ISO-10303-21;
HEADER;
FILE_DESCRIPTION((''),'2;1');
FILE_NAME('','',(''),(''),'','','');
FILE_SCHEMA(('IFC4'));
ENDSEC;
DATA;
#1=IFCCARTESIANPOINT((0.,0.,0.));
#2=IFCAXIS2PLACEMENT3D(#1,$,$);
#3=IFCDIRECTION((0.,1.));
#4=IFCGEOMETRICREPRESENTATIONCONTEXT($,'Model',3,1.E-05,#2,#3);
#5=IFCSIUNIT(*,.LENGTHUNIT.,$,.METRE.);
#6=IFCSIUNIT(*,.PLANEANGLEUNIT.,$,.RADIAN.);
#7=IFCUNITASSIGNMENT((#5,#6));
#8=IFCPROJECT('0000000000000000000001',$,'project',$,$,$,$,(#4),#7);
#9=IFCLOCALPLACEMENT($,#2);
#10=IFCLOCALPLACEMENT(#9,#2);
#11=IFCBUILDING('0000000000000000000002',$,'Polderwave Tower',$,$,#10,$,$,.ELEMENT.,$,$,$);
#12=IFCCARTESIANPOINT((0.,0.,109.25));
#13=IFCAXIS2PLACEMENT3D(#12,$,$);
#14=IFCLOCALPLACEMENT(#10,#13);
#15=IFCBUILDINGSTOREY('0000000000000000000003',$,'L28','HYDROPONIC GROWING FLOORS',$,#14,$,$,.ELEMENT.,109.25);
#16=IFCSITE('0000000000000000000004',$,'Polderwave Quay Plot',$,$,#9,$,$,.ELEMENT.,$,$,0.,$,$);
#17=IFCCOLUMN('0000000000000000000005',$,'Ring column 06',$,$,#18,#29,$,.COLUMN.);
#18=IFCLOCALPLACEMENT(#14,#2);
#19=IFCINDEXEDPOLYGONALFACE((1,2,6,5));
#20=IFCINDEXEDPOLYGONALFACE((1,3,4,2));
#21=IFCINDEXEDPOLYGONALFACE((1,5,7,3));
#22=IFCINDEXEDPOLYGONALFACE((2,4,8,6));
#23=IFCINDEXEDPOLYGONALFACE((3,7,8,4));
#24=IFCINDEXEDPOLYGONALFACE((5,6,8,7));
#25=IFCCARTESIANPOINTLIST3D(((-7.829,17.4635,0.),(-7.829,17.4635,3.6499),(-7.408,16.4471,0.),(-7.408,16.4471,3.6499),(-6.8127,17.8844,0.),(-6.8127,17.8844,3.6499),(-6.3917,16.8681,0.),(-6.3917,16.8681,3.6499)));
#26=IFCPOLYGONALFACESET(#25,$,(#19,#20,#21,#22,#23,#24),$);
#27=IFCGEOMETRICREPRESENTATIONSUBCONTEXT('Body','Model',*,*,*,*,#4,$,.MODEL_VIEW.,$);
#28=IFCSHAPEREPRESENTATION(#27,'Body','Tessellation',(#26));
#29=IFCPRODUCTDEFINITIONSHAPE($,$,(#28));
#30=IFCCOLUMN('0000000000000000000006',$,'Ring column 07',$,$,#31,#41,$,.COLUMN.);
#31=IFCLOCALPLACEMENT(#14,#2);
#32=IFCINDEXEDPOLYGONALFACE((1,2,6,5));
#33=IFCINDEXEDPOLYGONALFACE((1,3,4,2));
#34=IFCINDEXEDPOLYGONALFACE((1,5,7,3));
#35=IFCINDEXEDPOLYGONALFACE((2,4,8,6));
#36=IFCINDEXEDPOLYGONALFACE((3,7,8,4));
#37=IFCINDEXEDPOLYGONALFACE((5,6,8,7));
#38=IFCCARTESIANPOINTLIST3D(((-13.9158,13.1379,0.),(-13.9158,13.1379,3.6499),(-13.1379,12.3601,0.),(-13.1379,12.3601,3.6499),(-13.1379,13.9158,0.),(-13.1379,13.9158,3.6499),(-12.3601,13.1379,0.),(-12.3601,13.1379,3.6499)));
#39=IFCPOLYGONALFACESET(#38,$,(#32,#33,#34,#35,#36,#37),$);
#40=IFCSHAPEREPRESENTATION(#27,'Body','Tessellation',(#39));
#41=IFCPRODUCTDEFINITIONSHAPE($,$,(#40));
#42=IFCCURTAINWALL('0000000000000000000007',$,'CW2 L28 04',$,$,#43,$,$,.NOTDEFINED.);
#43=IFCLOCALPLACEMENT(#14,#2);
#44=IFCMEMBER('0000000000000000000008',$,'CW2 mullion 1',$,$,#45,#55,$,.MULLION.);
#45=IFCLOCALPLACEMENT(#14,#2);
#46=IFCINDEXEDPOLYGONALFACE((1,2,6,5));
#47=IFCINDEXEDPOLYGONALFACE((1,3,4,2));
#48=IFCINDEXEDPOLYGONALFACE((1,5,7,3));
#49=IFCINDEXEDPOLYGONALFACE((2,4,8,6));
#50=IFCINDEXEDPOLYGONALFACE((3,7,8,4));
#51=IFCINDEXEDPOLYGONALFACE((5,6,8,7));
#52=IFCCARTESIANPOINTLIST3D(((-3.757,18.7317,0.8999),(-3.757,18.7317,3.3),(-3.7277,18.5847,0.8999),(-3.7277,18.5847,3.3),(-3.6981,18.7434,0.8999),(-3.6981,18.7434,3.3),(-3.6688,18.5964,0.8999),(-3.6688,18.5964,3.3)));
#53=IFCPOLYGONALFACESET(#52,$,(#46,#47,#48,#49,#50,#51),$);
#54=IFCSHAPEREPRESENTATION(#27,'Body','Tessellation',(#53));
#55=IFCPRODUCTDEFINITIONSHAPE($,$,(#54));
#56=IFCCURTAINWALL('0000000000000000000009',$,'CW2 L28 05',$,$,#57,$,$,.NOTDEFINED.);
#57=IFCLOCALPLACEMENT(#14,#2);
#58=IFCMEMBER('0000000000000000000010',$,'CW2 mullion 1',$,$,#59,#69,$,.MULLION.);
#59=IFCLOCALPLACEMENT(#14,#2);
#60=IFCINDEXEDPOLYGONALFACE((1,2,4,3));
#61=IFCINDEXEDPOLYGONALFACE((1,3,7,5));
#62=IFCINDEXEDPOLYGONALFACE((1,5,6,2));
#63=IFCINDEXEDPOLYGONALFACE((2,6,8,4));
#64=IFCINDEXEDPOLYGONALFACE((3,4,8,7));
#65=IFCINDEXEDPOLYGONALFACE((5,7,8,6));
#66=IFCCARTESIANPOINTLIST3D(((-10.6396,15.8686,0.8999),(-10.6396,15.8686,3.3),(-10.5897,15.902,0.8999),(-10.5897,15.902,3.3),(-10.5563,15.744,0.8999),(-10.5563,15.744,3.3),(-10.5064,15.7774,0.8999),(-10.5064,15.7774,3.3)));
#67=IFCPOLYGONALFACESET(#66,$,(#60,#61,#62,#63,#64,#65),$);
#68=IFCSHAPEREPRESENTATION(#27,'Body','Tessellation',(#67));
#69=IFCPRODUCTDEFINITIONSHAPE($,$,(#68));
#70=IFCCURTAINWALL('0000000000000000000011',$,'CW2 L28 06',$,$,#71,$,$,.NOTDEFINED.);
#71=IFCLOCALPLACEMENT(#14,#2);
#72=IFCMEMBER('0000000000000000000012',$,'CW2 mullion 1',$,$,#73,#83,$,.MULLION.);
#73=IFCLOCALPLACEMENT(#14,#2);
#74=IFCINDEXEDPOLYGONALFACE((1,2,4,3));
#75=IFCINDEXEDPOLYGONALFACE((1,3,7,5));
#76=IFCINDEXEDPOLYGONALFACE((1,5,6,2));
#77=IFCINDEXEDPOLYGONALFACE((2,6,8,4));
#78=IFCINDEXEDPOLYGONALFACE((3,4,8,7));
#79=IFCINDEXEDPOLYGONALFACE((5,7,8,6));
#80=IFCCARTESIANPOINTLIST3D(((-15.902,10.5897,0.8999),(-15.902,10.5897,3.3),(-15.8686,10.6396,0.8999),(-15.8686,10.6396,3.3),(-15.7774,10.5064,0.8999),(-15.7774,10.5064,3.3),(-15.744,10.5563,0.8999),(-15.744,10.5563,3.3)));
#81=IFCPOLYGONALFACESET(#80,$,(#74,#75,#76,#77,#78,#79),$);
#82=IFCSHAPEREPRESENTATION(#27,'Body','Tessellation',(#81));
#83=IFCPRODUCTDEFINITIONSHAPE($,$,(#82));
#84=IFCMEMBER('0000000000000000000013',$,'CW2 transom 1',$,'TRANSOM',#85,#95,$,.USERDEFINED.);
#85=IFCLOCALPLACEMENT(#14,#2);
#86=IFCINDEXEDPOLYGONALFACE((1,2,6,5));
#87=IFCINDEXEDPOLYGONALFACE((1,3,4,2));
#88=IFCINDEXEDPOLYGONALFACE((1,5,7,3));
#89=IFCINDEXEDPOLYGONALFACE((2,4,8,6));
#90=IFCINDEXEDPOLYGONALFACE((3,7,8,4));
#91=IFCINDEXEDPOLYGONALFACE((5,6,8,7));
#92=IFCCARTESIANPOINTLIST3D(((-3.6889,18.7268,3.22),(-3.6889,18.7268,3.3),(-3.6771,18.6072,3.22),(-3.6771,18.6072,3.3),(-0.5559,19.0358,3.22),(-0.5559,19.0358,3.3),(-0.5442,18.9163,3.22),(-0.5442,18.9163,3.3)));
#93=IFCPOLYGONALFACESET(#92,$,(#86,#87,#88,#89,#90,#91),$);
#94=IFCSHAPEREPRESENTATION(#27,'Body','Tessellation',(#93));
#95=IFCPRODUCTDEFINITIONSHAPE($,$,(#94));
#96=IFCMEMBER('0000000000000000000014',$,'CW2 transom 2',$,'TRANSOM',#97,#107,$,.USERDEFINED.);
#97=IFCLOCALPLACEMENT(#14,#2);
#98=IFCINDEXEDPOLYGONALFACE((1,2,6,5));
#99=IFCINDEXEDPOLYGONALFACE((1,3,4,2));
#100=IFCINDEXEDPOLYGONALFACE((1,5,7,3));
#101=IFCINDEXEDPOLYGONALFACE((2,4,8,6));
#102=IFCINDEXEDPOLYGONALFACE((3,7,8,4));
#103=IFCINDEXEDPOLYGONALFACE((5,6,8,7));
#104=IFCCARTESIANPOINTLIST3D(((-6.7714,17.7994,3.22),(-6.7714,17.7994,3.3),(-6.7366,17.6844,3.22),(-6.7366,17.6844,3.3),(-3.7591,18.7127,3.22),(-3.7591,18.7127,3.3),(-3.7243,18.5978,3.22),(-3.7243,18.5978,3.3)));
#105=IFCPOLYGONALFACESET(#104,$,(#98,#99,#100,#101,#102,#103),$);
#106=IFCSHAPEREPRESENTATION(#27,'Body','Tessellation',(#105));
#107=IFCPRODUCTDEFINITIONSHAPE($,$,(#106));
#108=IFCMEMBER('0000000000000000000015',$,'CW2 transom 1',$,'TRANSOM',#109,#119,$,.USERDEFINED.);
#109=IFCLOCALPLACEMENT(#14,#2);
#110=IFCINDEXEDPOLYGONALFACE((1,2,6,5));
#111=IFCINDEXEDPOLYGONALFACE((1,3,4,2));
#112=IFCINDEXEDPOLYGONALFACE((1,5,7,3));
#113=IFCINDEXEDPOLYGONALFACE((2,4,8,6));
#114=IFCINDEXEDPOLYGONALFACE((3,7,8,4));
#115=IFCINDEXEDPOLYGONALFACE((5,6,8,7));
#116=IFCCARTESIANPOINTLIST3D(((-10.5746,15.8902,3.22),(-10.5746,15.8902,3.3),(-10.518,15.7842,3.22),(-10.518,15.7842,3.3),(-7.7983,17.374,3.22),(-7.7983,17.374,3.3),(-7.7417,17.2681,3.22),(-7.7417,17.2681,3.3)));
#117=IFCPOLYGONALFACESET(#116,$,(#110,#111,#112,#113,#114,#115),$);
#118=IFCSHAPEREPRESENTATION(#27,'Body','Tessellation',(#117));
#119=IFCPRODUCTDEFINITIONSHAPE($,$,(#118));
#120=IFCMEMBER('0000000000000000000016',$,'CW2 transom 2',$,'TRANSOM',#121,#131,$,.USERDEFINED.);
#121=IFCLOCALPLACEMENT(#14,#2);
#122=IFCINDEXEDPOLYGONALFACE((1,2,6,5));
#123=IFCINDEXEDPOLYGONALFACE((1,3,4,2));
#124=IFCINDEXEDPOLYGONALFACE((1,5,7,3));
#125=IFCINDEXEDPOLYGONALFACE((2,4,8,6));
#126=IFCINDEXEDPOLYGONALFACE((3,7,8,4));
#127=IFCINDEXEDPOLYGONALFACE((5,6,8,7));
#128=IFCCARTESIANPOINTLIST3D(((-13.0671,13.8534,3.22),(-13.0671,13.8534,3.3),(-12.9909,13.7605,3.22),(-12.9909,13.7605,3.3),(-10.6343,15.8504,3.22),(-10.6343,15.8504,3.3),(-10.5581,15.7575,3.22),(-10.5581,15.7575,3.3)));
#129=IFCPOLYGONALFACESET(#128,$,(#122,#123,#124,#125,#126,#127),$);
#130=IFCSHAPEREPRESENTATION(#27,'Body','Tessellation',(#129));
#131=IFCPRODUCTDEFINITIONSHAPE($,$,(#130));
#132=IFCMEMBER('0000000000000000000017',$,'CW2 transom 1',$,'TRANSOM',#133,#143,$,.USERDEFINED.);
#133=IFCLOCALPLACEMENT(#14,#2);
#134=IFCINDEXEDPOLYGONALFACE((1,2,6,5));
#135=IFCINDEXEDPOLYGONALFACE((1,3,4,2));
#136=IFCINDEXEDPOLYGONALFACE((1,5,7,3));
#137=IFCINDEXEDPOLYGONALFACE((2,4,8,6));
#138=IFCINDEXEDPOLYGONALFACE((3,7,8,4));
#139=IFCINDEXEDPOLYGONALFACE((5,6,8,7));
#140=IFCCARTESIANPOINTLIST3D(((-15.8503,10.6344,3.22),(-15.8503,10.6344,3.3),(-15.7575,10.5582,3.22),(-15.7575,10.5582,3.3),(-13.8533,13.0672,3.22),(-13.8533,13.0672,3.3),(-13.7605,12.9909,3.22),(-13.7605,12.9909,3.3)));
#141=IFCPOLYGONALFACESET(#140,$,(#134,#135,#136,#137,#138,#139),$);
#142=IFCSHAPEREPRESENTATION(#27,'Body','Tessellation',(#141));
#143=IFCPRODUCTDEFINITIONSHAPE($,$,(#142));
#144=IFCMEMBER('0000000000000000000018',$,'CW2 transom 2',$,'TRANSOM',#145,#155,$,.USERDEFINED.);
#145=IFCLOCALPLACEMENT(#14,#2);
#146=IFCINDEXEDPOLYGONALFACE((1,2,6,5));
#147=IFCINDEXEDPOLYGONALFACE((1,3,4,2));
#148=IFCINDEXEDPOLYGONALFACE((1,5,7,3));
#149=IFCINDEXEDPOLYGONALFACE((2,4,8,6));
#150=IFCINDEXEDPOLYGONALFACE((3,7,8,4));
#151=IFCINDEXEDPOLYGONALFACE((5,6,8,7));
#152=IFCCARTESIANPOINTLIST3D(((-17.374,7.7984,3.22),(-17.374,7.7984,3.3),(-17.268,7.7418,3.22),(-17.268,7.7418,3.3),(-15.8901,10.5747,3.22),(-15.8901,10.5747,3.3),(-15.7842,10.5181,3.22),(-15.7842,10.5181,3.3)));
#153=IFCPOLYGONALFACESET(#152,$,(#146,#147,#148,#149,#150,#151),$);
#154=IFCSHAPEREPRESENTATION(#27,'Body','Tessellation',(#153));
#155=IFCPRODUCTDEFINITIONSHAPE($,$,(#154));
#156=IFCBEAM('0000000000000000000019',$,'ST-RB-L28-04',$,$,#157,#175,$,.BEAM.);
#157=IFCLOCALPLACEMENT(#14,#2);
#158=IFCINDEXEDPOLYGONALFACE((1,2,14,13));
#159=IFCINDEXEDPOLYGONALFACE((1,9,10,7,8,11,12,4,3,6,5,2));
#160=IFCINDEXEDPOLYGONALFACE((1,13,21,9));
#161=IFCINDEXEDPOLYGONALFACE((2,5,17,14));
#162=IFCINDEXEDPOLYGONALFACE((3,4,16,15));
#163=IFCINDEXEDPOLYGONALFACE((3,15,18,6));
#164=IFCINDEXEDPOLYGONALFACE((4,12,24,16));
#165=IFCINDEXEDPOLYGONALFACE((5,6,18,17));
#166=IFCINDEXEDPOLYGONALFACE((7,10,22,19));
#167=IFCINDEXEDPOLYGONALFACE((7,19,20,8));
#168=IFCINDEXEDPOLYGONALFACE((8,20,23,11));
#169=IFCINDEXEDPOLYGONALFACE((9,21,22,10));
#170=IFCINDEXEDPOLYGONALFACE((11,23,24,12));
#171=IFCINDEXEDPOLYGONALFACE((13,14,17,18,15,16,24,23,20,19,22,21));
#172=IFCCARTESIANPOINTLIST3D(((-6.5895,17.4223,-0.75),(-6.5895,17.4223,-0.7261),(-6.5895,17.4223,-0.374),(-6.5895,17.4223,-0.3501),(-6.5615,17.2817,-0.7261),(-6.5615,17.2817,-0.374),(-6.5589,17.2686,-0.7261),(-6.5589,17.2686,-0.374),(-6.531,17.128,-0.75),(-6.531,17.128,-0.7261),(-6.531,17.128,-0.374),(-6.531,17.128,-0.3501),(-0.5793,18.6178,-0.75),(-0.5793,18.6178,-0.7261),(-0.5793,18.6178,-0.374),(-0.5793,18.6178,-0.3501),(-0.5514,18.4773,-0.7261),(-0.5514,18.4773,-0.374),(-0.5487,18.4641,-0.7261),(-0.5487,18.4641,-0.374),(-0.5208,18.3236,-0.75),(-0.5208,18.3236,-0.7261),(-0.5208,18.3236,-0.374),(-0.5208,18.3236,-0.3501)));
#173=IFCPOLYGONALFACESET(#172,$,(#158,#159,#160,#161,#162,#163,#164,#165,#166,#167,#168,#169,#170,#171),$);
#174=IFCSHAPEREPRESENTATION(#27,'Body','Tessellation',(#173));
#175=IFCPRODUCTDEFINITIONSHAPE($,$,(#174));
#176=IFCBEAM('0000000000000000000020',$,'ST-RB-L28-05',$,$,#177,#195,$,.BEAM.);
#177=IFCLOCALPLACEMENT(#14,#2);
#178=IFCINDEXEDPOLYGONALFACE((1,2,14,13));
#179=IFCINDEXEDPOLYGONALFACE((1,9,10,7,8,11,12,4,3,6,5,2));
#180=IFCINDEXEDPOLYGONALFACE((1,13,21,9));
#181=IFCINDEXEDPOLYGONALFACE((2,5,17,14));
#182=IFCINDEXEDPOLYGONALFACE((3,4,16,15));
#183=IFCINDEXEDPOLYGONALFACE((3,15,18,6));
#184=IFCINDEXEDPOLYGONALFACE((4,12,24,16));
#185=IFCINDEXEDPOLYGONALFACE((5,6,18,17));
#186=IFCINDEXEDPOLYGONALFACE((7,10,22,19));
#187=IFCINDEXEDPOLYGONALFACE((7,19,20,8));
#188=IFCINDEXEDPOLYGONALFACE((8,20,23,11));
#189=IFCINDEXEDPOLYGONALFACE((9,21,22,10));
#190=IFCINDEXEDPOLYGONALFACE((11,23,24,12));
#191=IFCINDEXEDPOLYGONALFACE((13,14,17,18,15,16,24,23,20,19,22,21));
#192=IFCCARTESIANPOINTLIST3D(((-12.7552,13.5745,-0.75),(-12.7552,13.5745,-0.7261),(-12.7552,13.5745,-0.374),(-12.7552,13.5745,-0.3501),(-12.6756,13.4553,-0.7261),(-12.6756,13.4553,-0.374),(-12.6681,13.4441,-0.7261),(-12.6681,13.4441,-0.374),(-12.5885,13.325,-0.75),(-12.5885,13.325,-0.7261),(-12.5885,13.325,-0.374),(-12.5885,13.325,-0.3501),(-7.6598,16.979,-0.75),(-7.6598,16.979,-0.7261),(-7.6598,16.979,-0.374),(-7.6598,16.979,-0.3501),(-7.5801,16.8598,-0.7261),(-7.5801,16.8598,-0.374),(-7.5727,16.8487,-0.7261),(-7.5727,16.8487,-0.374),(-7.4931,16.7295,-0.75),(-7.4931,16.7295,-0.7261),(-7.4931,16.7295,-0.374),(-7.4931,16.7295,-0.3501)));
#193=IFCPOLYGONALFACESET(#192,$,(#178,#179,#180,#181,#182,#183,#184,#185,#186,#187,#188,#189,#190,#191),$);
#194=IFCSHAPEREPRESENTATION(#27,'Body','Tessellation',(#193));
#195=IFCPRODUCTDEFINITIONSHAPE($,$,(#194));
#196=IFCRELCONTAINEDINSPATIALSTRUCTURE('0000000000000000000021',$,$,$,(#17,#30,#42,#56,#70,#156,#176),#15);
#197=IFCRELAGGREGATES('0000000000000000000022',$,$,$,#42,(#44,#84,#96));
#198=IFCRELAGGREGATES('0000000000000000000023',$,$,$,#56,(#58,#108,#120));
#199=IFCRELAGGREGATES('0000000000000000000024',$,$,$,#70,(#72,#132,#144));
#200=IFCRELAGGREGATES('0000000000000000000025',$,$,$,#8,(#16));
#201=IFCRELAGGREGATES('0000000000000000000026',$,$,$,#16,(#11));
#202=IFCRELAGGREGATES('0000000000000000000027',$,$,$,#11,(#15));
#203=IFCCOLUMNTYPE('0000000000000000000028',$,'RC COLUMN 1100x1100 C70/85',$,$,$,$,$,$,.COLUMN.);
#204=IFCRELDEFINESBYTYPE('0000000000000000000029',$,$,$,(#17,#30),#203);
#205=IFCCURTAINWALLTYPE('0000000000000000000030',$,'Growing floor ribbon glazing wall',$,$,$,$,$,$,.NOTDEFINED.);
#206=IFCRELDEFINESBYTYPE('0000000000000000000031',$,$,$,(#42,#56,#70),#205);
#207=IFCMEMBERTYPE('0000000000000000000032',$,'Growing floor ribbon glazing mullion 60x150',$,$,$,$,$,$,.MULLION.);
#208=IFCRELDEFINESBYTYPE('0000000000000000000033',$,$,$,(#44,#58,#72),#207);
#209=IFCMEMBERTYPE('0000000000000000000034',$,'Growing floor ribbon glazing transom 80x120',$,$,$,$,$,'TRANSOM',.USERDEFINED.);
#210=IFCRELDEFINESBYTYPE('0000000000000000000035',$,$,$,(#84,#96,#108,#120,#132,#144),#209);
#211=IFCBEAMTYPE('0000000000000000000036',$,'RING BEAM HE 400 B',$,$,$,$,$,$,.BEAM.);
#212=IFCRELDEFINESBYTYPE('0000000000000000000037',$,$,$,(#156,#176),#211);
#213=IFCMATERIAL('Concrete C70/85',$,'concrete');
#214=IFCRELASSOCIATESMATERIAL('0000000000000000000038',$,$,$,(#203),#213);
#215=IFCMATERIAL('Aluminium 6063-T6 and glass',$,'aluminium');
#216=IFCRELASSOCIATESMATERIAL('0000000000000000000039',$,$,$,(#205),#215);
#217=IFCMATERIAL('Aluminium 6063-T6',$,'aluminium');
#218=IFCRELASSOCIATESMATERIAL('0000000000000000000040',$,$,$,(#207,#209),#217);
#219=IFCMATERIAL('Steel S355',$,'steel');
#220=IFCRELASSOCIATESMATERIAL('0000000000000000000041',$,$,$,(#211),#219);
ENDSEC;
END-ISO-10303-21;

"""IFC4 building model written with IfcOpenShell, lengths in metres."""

from ifc_helpers import new_model, si_unit, direction, frame, origin, origin_2d, place, context, subcontext, project, spatial, rectangle, i_section, extrude, material, material_profile, profile_set, type_object, element, aggregate, save


model = new_model("IFC4")

# Units and contexts
model_context = context("Model", 3, precision=1e-05, world=origin(), true_north=direction((0.0, 1.0)))
body_context = subcontext(model_context, "Body", "Model", "MODEL_VIEW")
ifc_project = project(units=[si_unit("LENGTHUNIT", "METRE"), si_unit("PLANEANGLEUNIT", "RADIAN")], contexts=[model_context])

# Site, building, storey
site_placement = place(None, origin())
site = spatial("IfcSite", under=ifc_project, at=site_placement, Name="Polderwave Quay Plot", CompositionType="ELEMENT", RefElevation=0.0)
building_placement = place(site_placement, origin())
building = spatial("IfcBuilding", under=site, at=building_placement, Name="Polderwave Tower", CompositionType="ELEMENT")
storey_placement = place(building_placement, frame((0.0, 0.0, 109.25)))
storey = spatial("IfcBuildingStorey", under=building, at=storey_placement, Name="L28", Description="HYDROPONIC GROWING FLOORS", CompositionType="ELEMENT", Elevation=109.25)

# Columns
ifc_material_1 = material(Name="Concrete C70/85", Category="concrete")
ifc_material_profile_1 = material_profile(ifc_material_1, rectangle(XDim=1.1001, YDim=1.1001, at=origin_2d()), Name="RC 1100x1100")
ifc_profile_set_1 = profile_set([ifc_material_profile_1], Name="Concrete C70/85")
column_type = type_object("IfcColumnType", Name="RC COLUMN 1100x1100 C70/85", PredefinedType="COLUMN", material=ifc_profile_set_1)
for number, where, z_axis, x_axis, name in (
    (1, (-7.1104, 17.1658, 0.0), (0.0, 0.0, 1.0), (-0.382683, 0.92388, 0.0), "Ring column 06"),
    (2, (-13.1379, 13.1379, 0.0), (0.0, 0.0, 1.0), (-0.707107, 0.707107, 0.0), "Ring column 07"),
):
    element("IfcColumn", number, at=place(storey_placement, frame(where, z_axis=z_axis, x_axis=x_axis)), inside=storey, type_object=column_type, Name=name, PredefinedType="COLUMN", context=body_context, shape_type="SweptSolid", body=[
        extrude(rectangle(XDim=1.1001, YDim=1.1001, at=origin_2d()), origin(), (0.0, 0.0, 1.0), 3.6499),
    ])

# Curtain walls, members
ifc_material_2 = material(Name="Aluminium 6063-T6 and glass", Category="aluminium")
curtain_wall_type = type_object("IfcCurtainWallType", Name="Growing floor ribbon glazing wall", PredefinedType="NOTDEFINED", material=ifc_material_2)
curtain_wall_1_placement = place(storey_placement, origin())
curtain_wall_1 = element("IfcCurtainWall", 3, at=curtain_wall_1_placement, inside=storey, type_object=curtain_wall_type, Name="CW2 L28 04", PredefinedType="NOTDEFINED")
ifc_material_3 = material(Name="Aluminium 6063-T6", Category="aluminium")
ifc_material_profile_2 = material_profile(ifc_material_3, rectangle(XDim=0.1499, YDim=0.0601, at=origin_2d()), Name="AL 60x150")
ifc_profile_set_2 = profile_set([ifc_material_profile_2], Name="Aluminium 6063-T6")
member_type_1 = type_object("IfcMemberType", Name="Growing floor ribbon glazing mullion 60x150", PredefinedType="MULLION", material=ifc_profile_set_2)
member_1_placement = place(storey_placement, frame((-3.7129, 18.6641, 0.8999), z_axis=(0.0, 0.0, 1.0), x_axis=(0.195092, -0.980785, 0.0)))
member_1 = element("IfcMember", 4, at=member_1_placement, type_object=member_type_1, Name="CW2 mullion 1", PredefinedType="MULLION", context=body_context, shape_type="SweptSolid", body=[
    extrude(rectangle(XDim=0.1499, YDim=0.0601, at=origin_2d()), origin(), (0.0, 0.0, 1.0), 2.4001),
])
curtain_wall_2_placement = place(storey_placement, origin())
curtain_wall_2 = element("IfcCurtainWall", 5, at=curtain_wall_2_placement, inside=storey, type_object=curtain_wall_type, Name="CW2 L28 05", PredefinedType="NOTDEFINED")
member_2_placement = place(storey_placement, frame((-10.573, 15.823, 0.8999), z_axis=(0.0, 0.0, 1.0), x_axis=(0.555585, -0.83146, 0.0)))
member_2 = element("IfcMember", 6, at=member_2_placement, type_object=member_type_1, Name="CW2 mullion 1", PredefinedType="MULLION", context=body_context, shape_type="SweptSolid", body=[
    extrude(rectangle(XDim=0.1499, YDim=0.0601, at=origin_2d()), origin(), (0.0, 0.0, 1.0), 2.4001),
])
curtain_wall_3_placement = place(storey_placement, origin())
curtain_wall_3 = element("IfcCurtainWall", 7, at=curtain_wall_3_placement, inside=storey, type_object=curtain_wall_type, Name="CW2 L28 06", PredefinedType="NOTDEFINED")
member_3_placement = place(storey_placement, frame((-15.823, 10.573, 0.8999), z_axis=(0.0, 0.0, 1.0), x_axis=(0.83146, -0.555585, 0.0)))
member_3 = element("IfcMember", 8, at=member_3_placement, type_object=member_type_1, Name="CW2 mullion 1", PredefinedType="MULLION", context=body_context, shape_type="SweptSolid", body=[
    extrude(rectangle(XDim=0.1499, YDim=0.0601, at=origin_2d()), origin(), (0.0, 0.0, 1.0), 2.4001),
])

# Members
ifc_material_profile_3 = material_profile(ifc_material_3, rectangle(XDim=0.1201, YDim=0.0801, at=origin_2d()), Name="AL 80x120")
ifc_profile_set_3 = profile_set([ifc_material_profile_3], Name="Aluminium 6063-T6")
member_type_2 = type_object("IfcMemberType", Name="Growing floor ribbon glazing transom 80x120", ElementType="TRANSOM", PredefinedType="USERDEFINED", material=ifc_profile_set_3)
member_4_placement = place(storey_placement, frame((-0.55, 18.9761, 3.26), z_axis=(-0.995169, -0.098175, 0.0), x_axis=(0.098175, -0.995169, 0.0)))
member_4 = element("IfcMember", 9, at=member_4_placement, type_object=member_type_2, Name="CW2 transom 1", ObjectType="TRANSOM", PredefinedType="USERDEFINED", context=body_context, shape_type="SweptSolid", body=[
    extrude(rectangle(XDim=0.1201, YDim=0.0801, at=origin_2d()), origin(), (0.0, 0.0, 1.0), 3.1482),
])
member_5_placement = place(storey_placement, frame((-3.7417, 18.6553, 3.26), z_axis=(-0.956977, -0.290165, 0.0), x_axis=(0.290165, -0.956977, 0.0)))
member_5 = element("IfcMember", 10, at=member_5_placement, type_object=member_type_2, Name="CW2 transom 2", ObjectType="TRANSOM", PredefinedType="USERDEFINED", context=body_context, shape_type="SweptSolid", body=[
    extrude(rectangle(XDim=0.1201, YDim=0.0801, at=origin_2d()), origin(), (0.0, 0.0, 1.0), 3.1477),
])
member_6_placement = place(storey_placement, frame((-7.77, 17.321, 3.26), z_axis=(-0.881936, -0.471369, 0.0), x_axis=(0.471369, -0.881936, 0.0)))
member_6 = element("IfcMember", 11, at=member_6_placement, type_object=member_type_2, Name="CW2 transom 1", ObjectType="TRANSOM", PredefinedType="USERDEFINED", context=body_context, shape_type="SweptSolid", body=[
    extrude(rectangle(XDim=0.1201, YDim=0.0801, at=origin_2d()), origin(), (0.0, 0.0, 1.0), 3.1479),
])
member_7_placement = place(storey_placement, frame((-10.5962, 15.804, 3.26), z_axis=(-0.772937, -0.634483, 0.0), x_axis=(0.634483, -0.772937, 0.0)))
member_7 = element("IfcMember", 12, at=member_7_placement, type_object=member_type_2, Name="CW2 transom 2", ObjectType="TRANSOM", PredefinedType="USERDEFINED", context=body_context, shape_type="SweptSolid", body=[
    extrude(rectangle(XDim=0.1201, YDim=0.0801, at=origin_2d()), origin(), (0.0, 0.0, 1.0), 3.1475),
])
member_8_placement = place(storey_placement, frame((-13.8069, 13.0291, 3.26), z_axis=(-0.634483, -0.772937, 0.0), x_axis=(0.772937, -0.634483, 0.0)))
member_8 = element("IfcMember", 13, at=member_8_placement, type_object=member_type_2, Name="CW2 transom 1", ObjectType="TRANSOM", PredefinedType="USERDEFINED", context=body_context, shape_type="SweptSolid", body=[
    extrude(rectangle(XDim=0.1201, YDim=0.0801, at=origin_2d()), origin(), (0.0, 0.0, 1.0), 3.1475),
])
member_9_placement = place(storey_placement, frame((-15.8372, 10.5464, 3.26), z_axis=(-0.471369, -0.881936, 0.0), x_axis=(0.881936, -0.471369, 0.0)))
member_9 = element("IfcMember", 14, at=member_9_placement, type_object=member_type_2, Name="CW2 transom 2", ObjectType="TRANSOM", PredefinedType="USERDEFINED", context=body_context, shape_type="SweptSolid", body=[
    extrude(rectangle(XDim=0.1201, YDim=0.0801, at=origin_2d()), origin(), (0.0, 0.0, 1.0), 3.1479),
])

# Beams
ifc_material_4 = material(Name="Steel S355", Category="steel")
ifc_material_profile_4 = material_profile(ifc_material_4, i_section(OverallWidth=0.3, OverallDepth=0.3999, WebThickness=0.0134, FlangeThickness=0.0239, at=origin_2d()), Name="HE 400 B")
ifc_profile_set_4 = profile_set([ifc_material_profile_4], Name="Steel S355")
beam_type = type_object("IfcBeamType", Name="RING BEAM HE 400 B", PredefinedType="BEAM", material=ifc_profile_set_4)
beam_placement = place(storey_placement, frame((-0.55, 18.4707, -0.55), z_axis=(-0.980784, -0.195097, 0.0), x_axis=(0.195097, -0.980784, 0.0)))
element("IfcBeam", 15, at=beam_placement, inside=storey, type_object=beam_type, Name="ST-RB-L28-04", PredefinedType="BEAM", context=body_context, shape_type="SweptSolid", body=[
    extrude(i_section(OverallWidth=0.3, OverallDepth=0.3999, WebThickness=0.0134, FlangeThickness=0.0239, at=origin_2d()), origin(), (0.0, 0.0, 1.0), 6.1279),
])
for number, where, z_axis, x_axis, name in (
    (16, (-7.5764, 16.8542, -0.55), (-0.83148, -0.555555, 0.0), (0.555555, -0.83148, 0.0), "ST-RB-L28-05"),
):
    element("IfcBeam", number, at=place(storey_placement, frame(where, z_axis=z_axis, x_axis=x_axis)), inside=storey, type_object=beam_type, Name=name, PredefinedType="BEAM", context=body_context, shape_type="SweptSolid", body=[
        extrude(i_section(OverallWidth=0.3, OverallDepth=0.3999, WebThickness=0.0134, FlangeThickness=0.0239, at=origin_2d()), origin(), (0.0, 0.0, 1.0), 6.1282),
    ])

aggregate(curtain_wall_1, [member_1, member_4, member_5])
aggregate(curtain_wall_2, [member_2, member_6, member_7])
aggregate(curtain_wall_3, [member_3, member_8, member_9])

save(model, "model.ifc")
